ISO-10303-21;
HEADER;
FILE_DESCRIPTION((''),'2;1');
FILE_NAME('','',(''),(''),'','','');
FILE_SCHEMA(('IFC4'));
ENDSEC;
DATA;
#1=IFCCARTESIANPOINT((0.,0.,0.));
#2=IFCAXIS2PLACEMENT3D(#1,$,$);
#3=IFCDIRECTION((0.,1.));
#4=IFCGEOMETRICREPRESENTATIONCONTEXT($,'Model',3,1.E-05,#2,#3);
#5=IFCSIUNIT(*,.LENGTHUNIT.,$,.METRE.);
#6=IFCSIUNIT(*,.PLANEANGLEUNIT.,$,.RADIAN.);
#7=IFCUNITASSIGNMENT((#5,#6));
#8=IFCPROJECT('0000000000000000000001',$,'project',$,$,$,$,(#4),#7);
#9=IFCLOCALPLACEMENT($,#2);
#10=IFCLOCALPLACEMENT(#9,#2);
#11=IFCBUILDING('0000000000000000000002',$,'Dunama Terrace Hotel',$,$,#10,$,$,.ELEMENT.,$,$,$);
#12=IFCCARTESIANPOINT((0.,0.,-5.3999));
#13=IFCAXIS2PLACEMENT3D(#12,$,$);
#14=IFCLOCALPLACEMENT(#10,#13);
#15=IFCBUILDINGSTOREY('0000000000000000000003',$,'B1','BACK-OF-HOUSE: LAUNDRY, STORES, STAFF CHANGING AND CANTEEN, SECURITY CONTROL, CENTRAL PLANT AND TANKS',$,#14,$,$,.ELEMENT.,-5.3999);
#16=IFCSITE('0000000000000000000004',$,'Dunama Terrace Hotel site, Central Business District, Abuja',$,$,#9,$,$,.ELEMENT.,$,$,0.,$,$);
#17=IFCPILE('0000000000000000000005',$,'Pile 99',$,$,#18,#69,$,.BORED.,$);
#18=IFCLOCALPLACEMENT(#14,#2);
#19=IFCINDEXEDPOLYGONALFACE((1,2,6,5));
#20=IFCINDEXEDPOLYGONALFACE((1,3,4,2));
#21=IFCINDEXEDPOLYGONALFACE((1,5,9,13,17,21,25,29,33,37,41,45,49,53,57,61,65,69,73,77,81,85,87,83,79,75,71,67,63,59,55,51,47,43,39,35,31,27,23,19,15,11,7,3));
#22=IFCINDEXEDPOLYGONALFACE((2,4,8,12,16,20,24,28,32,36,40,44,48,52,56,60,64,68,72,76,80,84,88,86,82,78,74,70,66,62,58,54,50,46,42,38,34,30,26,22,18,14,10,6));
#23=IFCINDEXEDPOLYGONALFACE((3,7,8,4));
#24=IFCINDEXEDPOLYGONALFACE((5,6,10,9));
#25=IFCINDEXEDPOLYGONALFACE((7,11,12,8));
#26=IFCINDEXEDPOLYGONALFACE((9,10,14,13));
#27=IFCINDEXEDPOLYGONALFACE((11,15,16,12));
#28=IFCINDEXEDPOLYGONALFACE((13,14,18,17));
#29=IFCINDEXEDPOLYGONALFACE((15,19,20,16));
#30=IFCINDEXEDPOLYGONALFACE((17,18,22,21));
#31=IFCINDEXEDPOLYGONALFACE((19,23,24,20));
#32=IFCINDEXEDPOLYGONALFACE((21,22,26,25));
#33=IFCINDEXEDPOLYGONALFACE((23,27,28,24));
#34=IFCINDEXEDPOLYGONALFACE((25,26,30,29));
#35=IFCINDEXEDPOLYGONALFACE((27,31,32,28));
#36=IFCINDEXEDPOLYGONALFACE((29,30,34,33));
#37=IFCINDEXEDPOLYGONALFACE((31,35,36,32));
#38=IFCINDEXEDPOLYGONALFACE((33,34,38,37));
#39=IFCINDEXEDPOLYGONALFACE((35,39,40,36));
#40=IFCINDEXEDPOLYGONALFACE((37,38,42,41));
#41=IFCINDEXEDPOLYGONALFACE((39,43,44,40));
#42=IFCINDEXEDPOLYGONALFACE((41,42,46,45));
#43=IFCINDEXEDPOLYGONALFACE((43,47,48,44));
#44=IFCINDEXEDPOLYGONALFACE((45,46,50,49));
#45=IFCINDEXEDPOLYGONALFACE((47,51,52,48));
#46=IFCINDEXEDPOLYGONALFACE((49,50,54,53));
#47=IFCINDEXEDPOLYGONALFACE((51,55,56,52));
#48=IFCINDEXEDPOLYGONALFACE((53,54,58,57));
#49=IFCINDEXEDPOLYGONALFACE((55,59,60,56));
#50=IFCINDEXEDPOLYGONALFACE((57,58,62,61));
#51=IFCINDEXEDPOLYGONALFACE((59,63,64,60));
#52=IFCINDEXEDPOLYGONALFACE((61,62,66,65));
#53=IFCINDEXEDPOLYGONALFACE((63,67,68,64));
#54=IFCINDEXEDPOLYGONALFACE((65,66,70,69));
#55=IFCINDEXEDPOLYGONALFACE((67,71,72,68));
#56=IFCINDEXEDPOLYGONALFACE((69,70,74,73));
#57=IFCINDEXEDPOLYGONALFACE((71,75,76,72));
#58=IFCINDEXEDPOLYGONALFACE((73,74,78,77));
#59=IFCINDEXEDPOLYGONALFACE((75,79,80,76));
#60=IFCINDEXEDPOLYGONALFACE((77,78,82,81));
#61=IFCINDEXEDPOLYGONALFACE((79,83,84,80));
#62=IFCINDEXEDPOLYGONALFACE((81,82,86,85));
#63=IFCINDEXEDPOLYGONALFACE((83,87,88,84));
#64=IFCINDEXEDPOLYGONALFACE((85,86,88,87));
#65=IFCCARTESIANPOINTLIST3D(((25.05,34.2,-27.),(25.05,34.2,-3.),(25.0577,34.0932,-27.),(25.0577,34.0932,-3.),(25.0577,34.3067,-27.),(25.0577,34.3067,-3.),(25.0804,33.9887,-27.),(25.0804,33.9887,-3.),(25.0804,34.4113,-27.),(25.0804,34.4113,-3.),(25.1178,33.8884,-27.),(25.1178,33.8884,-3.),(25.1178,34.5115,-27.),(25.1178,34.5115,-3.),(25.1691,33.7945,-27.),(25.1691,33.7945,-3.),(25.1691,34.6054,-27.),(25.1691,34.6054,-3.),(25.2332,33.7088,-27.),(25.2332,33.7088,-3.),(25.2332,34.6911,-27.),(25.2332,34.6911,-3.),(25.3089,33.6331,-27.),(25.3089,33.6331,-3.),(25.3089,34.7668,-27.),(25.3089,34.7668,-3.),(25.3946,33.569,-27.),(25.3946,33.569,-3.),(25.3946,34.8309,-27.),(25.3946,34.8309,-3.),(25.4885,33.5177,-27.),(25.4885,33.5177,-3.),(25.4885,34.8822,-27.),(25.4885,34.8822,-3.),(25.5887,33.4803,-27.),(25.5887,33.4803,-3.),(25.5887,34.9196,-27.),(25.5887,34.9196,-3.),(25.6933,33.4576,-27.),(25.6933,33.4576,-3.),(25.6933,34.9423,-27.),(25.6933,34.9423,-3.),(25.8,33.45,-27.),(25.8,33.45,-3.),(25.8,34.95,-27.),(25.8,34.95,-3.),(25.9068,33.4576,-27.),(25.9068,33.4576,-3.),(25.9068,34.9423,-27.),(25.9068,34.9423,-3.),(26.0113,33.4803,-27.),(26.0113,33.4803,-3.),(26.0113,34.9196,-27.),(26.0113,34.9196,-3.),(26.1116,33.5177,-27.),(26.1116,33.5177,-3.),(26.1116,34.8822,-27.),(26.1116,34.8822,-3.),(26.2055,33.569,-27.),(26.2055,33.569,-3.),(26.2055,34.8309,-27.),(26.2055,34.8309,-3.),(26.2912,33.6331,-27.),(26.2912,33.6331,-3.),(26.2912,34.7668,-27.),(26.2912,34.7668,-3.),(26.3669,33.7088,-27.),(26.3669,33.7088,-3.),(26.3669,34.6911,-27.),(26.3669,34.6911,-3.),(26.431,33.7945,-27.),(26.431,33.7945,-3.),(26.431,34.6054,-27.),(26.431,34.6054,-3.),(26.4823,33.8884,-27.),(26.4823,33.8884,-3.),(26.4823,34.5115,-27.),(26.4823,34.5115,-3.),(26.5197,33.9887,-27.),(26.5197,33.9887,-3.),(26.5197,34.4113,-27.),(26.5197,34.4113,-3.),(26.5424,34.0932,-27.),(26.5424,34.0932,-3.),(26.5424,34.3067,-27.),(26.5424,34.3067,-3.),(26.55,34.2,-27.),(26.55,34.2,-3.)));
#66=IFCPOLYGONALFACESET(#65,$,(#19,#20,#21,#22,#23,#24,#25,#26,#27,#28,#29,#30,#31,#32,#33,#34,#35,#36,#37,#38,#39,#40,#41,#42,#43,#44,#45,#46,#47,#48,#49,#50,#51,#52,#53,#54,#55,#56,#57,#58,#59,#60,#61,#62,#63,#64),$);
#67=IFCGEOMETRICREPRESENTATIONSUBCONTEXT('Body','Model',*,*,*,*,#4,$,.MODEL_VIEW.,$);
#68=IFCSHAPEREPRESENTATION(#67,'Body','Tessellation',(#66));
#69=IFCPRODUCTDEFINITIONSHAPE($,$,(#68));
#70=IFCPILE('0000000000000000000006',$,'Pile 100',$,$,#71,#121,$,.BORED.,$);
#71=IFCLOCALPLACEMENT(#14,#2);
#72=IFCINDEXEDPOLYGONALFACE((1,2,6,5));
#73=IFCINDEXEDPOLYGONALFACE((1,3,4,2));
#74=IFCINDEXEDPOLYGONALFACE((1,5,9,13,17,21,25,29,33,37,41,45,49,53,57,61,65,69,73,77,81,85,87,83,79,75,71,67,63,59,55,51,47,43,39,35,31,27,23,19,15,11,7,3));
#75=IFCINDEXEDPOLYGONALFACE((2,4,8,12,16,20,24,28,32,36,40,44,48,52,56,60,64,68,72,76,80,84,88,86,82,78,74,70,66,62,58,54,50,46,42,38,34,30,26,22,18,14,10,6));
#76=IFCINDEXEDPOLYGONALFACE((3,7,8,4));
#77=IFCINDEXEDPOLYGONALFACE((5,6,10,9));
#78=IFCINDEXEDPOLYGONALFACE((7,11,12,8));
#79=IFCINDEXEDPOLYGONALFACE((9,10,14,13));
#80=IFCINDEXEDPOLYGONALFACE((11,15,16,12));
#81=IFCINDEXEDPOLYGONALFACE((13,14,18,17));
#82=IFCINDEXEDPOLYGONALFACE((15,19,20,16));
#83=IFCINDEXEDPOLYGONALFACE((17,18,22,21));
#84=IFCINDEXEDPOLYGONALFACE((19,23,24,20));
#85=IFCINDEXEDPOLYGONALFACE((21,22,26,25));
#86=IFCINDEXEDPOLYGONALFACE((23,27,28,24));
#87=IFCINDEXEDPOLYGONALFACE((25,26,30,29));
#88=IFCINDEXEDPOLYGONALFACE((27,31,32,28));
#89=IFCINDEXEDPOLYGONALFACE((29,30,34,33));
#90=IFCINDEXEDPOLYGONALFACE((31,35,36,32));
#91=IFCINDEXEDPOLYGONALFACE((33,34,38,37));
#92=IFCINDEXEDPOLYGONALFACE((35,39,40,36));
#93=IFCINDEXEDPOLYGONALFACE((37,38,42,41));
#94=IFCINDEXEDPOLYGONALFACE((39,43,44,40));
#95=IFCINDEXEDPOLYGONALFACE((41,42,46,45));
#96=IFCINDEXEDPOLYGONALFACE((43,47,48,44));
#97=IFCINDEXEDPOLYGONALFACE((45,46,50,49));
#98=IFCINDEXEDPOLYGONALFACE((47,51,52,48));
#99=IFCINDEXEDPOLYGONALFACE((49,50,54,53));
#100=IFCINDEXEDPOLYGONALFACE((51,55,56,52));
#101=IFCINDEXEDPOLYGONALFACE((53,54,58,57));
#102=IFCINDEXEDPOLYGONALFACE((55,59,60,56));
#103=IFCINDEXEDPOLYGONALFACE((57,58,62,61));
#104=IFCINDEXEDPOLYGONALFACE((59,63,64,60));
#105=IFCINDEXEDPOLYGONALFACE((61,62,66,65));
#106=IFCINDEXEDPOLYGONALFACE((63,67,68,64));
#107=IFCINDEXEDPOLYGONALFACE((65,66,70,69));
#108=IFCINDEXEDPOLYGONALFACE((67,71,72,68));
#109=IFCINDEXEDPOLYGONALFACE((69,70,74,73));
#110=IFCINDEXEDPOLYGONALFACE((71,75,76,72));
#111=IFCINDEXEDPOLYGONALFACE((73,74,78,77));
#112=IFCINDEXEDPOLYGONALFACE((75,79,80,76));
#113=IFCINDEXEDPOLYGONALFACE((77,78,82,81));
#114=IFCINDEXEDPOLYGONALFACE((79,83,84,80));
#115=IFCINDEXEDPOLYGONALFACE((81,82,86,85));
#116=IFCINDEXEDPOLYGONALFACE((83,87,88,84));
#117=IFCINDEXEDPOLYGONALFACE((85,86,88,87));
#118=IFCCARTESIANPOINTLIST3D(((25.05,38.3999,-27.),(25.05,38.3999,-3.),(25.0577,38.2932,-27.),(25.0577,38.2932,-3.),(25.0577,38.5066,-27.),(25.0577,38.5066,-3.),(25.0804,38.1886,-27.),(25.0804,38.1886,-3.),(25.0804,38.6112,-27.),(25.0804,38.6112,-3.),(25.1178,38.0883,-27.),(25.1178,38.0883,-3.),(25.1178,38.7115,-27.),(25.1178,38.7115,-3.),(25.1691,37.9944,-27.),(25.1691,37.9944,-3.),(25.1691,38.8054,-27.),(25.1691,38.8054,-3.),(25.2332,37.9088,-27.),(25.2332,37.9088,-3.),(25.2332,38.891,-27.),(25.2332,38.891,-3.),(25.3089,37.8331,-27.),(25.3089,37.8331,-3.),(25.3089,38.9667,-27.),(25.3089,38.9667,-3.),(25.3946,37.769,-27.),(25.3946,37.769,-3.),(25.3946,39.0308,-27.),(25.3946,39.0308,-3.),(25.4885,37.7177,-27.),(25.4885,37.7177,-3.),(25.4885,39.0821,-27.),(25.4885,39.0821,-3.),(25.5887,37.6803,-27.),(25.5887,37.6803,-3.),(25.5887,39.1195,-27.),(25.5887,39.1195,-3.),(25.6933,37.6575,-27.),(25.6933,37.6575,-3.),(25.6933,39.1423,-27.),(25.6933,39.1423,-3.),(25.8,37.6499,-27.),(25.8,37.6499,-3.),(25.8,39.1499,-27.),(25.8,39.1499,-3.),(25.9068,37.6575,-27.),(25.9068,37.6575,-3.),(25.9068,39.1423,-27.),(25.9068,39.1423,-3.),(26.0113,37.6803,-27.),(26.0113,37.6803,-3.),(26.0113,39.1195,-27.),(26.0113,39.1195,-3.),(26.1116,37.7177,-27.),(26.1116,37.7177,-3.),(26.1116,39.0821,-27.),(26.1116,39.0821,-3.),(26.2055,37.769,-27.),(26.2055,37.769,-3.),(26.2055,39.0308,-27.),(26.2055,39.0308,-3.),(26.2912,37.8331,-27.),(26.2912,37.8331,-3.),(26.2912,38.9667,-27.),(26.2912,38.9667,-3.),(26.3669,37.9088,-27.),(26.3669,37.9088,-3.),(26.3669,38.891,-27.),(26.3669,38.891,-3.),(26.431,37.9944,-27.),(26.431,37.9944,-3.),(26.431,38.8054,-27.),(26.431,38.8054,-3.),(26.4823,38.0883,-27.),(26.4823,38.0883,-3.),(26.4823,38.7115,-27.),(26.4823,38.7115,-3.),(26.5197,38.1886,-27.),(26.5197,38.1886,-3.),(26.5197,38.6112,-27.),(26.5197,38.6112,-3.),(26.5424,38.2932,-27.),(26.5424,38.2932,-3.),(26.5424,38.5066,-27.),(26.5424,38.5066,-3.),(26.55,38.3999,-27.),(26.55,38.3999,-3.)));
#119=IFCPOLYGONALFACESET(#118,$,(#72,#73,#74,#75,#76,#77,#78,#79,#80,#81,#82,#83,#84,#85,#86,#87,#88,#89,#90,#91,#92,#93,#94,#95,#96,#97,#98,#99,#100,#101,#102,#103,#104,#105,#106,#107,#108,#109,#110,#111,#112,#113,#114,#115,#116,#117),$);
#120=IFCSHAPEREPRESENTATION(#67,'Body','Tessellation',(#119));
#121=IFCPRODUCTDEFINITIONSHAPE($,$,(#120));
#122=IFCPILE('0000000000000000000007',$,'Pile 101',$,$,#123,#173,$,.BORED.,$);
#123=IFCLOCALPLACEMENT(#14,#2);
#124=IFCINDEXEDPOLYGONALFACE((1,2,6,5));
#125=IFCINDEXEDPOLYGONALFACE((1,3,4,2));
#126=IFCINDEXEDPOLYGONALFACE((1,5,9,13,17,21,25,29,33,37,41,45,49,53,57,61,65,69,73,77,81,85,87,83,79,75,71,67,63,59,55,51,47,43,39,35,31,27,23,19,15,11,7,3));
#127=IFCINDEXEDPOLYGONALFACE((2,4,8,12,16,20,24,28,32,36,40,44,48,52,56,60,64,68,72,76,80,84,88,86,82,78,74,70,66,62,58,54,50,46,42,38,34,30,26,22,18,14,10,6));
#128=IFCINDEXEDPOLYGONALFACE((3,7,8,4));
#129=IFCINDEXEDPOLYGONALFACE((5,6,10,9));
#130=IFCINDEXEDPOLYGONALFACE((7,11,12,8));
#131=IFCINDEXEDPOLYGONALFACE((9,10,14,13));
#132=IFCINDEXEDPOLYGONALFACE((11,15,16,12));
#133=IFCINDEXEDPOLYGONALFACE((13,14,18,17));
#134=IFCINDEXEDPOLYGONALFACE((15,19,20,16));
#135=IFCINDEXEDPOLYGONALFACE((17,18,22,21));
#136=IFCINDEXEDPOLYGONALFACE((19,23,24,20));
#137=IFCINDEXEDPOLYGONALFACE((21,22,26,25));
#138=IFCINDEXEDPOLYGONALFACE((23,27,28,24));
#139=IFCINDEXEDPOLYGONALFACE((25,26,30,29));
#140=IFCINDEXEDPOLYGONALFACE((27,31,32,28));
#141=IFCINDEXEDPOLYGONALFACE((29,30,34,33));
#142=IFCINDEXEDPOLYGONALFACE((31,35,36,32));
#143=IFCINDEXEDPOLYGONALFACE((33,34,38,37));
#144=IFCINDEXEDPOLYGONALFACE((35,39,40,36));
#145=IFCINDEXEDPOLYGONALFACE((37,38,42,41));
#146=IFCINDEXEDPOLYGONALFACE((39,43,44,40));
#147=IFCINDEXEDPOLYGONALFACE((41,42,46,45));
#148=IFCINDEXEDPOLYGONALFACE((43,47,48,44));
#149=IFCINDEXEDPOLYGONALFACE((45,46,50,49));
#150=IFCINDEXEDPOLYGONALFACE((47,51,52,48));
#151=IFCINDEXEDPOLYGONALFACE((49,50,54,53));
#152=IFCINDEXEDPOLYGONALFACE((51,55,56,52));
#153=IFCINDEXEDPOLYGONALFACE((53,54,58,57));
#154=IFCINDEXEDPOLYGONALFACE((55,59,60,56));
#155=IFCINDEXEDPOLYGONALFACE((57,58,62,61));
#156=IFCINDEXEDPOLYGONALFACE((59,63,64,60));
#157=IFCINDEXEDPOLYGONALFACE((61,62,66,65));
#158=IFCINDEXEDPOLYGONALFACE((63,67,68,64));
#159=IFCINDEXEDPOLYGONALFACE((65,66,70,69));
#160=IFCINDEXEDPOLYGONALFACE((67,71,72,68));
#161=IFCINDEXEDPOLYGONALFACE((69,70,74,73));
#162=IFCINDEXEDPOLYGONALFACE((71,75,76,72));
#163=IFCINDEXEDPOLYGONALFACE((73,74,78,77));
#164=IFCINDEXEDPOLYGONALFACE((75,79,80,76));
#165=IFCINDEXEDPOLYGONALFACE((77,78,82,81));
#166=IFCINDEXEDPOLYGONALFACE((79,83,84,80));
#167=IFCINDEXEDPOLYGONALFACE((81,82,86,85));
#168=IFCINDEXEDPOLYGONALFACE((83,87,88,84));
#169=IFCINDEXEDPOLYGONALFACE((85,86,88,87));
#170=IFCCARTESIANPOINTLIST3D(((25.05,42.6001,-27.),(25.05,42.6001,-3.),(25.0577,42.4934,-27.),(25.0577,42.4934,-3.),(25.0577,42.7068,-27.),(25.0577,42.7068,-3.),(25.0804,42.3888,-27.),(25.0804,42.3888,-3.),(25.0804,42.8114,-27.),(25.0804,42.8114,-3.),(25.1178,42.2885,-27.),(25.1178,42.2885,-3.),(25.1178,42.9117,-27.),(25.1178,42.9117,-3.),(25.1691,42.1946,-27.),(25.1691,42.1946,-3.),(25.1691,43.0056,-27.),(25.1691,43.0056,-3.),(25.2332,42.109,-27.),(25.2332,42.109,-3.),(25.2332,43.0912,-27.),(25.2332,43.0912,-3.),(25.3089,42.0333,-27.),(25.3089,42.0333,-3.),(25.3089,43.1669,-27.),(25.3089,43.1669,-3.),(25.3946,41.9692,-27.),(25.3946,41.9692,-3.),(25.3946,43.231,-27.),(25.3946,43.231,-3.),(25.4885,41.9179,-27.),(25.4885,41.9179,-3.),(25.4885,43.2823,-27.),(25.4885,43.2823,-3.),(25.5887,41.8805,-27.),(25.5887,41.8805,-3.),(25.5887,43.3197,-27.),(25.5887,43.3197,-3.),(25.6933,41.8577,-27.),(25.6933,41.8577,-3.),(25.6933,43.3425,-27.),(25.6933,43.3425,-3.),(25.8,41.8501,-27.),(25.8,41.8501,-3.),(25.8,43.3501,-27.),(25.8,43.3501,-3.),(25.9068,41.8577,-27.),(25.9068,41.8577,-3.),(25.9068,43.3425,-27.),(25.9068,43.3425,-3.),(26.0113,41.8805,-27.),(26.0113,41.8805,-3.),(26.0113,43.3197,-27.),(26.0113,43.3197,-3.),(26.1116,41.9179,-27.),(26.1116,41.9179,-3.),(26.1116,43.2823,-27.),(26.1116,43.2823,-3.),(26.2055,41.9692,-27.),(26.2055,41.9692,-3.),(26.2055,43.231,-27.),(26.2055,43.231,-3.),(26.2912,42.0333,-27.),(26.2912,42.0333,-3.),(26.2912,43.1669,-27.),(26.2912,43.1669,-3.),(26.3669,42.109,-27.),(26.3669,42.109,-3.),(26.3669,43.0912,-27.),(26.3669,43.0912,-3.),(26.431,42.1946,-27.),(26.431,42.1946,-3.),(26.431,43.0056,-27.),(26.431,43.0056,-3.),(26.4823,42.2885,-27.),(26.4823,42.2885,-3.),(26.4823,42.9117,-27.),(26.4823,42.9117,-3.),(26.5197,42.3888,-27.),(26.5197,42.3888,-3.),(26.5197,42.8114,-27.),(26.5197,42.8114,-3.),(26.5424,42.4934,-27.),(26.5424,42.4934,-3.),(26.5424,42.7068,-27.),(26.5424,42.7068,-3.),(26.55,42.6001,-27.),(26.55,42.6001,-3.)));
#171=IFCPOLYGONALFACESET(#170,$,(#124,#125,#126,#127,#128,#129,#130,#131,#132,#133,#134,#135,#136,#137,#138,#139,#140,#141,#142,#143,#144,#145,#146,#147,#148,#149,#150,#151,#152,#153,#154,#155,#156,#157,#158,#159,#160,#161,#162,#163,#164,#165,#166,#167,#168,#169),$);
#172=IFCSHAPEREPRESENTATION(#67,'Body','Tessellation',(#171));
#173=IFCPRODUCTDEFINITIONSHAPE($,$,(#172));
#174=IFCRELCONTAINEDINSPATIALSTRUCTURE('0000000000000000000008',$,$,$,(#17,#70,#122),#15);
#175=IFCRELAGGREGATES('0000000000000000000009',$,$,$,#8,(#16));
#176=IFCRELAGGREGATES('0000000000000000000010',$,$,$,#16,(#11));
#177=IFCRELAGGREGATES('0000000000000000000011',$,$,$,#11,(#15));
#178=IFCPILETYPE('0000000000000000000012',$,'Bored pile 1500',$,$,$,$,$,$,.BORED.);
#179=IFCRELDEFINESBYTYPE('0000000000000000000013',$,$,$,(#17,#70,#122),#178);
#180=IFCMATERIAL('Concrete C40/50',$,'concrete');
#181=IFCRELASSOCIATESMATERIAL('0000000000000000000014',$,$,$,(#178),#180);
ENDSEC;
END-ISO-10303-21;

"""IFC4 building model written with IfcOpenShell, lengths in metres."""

from ifc_helpers import new_model, si_unit, direction, frame, origin, origin_2d, place, context, subcontext, project, spatial, circle, extrude, material, material_profile, profile_set, type_object, element, save


model = new_model("IFC4")

# Units and contexts
model_context = context("Model", 3, precision=1e-05, world=origin(), true_north=direction((0.0, 1.0)))
body_context = subcontext(model_context, "Body", "Model", "MODEL_VIEW")
ifc_project = project(units=[si_unit("LENGTHUNIT", "METRE"), si_unit("PLANEANGLEUNIT", "RADIAN")], contexts=[model_context])

# Site, building, storey
site_placement = place(None, origin())
site = spatial("IfcSite", under=ifc_project, at=site_placement, Name="Dunama Terrace Hotel site, Central Business District, Abuja", CompositionType="ELEMENT", RefElevation=0.0)
building_placement = place(site_placement, origin())
building = spatial("IfcBuilding", under=site, at=building_placement, Name="Dunama Terrace Hotel", CompositionType="ELEMENT")
storey_placement = place(building_placement, frame((0.0, 0.0, -5.3999)))
storey = spatial("IfcBuildingStorey", under=building, at=storey_placement, Name="B1", Description="BACK-OF-HOUSE: LAUNDRY, STORES, STAFF CHANGING AND CANTEEN, SECURITY CONTROL, CENTRAL PLANT AND TANKS", CompositionType="ELEMENT", Elevation=-5.3999)

# Piles
ifc_material_1 = material(Name="Concrete C40/50", Category="concrete")
ifc_material_profile = material_profile(ifc_material_1, circle(Radius=0.75, at=origin_2d()), Name="PILE D1500")
ifc_profile_set = profile_set([ifc_material_profile], Name="Concrete C40/50")
pile_type = type_object("IfcPileType", Name="Bored pile 1500", PredefinedType="BORED", material=ifc_profile_set)
for number, where, z_axis, x_axis, name in (
    (1, (25.8, 34.2, -3.0), (0.0, 0.0, -1.0), (1.0, 0.0, 0.0), "Pile 99"),
    (2, (25.8, 38.3999, -3.0), (0.0, 0.0, -1.0), (1.0, 0.0, 0.0), "Pile 100"),
    (3, (25.8, 42.6001, -3.0), (0.0, 0.0, -1.0), (1.0, 0.0, 0.0), "Pile 101"),
):
    element("IfcPile", number, at=place(storey_placement, frame(where, z_axis=z_axis, x_axis=x_axis)), inside=storey, type_object=pile_type, Name=name, PredefinedType="BORED", context=body_context, shape_type="SweptSolid", body=[
        extrude(circle(Radius=0.75, at=origin_2d()), origin(), (0.0, 0.0, 1.0), 24.0),
    ])

save(model, "model.ifc")
